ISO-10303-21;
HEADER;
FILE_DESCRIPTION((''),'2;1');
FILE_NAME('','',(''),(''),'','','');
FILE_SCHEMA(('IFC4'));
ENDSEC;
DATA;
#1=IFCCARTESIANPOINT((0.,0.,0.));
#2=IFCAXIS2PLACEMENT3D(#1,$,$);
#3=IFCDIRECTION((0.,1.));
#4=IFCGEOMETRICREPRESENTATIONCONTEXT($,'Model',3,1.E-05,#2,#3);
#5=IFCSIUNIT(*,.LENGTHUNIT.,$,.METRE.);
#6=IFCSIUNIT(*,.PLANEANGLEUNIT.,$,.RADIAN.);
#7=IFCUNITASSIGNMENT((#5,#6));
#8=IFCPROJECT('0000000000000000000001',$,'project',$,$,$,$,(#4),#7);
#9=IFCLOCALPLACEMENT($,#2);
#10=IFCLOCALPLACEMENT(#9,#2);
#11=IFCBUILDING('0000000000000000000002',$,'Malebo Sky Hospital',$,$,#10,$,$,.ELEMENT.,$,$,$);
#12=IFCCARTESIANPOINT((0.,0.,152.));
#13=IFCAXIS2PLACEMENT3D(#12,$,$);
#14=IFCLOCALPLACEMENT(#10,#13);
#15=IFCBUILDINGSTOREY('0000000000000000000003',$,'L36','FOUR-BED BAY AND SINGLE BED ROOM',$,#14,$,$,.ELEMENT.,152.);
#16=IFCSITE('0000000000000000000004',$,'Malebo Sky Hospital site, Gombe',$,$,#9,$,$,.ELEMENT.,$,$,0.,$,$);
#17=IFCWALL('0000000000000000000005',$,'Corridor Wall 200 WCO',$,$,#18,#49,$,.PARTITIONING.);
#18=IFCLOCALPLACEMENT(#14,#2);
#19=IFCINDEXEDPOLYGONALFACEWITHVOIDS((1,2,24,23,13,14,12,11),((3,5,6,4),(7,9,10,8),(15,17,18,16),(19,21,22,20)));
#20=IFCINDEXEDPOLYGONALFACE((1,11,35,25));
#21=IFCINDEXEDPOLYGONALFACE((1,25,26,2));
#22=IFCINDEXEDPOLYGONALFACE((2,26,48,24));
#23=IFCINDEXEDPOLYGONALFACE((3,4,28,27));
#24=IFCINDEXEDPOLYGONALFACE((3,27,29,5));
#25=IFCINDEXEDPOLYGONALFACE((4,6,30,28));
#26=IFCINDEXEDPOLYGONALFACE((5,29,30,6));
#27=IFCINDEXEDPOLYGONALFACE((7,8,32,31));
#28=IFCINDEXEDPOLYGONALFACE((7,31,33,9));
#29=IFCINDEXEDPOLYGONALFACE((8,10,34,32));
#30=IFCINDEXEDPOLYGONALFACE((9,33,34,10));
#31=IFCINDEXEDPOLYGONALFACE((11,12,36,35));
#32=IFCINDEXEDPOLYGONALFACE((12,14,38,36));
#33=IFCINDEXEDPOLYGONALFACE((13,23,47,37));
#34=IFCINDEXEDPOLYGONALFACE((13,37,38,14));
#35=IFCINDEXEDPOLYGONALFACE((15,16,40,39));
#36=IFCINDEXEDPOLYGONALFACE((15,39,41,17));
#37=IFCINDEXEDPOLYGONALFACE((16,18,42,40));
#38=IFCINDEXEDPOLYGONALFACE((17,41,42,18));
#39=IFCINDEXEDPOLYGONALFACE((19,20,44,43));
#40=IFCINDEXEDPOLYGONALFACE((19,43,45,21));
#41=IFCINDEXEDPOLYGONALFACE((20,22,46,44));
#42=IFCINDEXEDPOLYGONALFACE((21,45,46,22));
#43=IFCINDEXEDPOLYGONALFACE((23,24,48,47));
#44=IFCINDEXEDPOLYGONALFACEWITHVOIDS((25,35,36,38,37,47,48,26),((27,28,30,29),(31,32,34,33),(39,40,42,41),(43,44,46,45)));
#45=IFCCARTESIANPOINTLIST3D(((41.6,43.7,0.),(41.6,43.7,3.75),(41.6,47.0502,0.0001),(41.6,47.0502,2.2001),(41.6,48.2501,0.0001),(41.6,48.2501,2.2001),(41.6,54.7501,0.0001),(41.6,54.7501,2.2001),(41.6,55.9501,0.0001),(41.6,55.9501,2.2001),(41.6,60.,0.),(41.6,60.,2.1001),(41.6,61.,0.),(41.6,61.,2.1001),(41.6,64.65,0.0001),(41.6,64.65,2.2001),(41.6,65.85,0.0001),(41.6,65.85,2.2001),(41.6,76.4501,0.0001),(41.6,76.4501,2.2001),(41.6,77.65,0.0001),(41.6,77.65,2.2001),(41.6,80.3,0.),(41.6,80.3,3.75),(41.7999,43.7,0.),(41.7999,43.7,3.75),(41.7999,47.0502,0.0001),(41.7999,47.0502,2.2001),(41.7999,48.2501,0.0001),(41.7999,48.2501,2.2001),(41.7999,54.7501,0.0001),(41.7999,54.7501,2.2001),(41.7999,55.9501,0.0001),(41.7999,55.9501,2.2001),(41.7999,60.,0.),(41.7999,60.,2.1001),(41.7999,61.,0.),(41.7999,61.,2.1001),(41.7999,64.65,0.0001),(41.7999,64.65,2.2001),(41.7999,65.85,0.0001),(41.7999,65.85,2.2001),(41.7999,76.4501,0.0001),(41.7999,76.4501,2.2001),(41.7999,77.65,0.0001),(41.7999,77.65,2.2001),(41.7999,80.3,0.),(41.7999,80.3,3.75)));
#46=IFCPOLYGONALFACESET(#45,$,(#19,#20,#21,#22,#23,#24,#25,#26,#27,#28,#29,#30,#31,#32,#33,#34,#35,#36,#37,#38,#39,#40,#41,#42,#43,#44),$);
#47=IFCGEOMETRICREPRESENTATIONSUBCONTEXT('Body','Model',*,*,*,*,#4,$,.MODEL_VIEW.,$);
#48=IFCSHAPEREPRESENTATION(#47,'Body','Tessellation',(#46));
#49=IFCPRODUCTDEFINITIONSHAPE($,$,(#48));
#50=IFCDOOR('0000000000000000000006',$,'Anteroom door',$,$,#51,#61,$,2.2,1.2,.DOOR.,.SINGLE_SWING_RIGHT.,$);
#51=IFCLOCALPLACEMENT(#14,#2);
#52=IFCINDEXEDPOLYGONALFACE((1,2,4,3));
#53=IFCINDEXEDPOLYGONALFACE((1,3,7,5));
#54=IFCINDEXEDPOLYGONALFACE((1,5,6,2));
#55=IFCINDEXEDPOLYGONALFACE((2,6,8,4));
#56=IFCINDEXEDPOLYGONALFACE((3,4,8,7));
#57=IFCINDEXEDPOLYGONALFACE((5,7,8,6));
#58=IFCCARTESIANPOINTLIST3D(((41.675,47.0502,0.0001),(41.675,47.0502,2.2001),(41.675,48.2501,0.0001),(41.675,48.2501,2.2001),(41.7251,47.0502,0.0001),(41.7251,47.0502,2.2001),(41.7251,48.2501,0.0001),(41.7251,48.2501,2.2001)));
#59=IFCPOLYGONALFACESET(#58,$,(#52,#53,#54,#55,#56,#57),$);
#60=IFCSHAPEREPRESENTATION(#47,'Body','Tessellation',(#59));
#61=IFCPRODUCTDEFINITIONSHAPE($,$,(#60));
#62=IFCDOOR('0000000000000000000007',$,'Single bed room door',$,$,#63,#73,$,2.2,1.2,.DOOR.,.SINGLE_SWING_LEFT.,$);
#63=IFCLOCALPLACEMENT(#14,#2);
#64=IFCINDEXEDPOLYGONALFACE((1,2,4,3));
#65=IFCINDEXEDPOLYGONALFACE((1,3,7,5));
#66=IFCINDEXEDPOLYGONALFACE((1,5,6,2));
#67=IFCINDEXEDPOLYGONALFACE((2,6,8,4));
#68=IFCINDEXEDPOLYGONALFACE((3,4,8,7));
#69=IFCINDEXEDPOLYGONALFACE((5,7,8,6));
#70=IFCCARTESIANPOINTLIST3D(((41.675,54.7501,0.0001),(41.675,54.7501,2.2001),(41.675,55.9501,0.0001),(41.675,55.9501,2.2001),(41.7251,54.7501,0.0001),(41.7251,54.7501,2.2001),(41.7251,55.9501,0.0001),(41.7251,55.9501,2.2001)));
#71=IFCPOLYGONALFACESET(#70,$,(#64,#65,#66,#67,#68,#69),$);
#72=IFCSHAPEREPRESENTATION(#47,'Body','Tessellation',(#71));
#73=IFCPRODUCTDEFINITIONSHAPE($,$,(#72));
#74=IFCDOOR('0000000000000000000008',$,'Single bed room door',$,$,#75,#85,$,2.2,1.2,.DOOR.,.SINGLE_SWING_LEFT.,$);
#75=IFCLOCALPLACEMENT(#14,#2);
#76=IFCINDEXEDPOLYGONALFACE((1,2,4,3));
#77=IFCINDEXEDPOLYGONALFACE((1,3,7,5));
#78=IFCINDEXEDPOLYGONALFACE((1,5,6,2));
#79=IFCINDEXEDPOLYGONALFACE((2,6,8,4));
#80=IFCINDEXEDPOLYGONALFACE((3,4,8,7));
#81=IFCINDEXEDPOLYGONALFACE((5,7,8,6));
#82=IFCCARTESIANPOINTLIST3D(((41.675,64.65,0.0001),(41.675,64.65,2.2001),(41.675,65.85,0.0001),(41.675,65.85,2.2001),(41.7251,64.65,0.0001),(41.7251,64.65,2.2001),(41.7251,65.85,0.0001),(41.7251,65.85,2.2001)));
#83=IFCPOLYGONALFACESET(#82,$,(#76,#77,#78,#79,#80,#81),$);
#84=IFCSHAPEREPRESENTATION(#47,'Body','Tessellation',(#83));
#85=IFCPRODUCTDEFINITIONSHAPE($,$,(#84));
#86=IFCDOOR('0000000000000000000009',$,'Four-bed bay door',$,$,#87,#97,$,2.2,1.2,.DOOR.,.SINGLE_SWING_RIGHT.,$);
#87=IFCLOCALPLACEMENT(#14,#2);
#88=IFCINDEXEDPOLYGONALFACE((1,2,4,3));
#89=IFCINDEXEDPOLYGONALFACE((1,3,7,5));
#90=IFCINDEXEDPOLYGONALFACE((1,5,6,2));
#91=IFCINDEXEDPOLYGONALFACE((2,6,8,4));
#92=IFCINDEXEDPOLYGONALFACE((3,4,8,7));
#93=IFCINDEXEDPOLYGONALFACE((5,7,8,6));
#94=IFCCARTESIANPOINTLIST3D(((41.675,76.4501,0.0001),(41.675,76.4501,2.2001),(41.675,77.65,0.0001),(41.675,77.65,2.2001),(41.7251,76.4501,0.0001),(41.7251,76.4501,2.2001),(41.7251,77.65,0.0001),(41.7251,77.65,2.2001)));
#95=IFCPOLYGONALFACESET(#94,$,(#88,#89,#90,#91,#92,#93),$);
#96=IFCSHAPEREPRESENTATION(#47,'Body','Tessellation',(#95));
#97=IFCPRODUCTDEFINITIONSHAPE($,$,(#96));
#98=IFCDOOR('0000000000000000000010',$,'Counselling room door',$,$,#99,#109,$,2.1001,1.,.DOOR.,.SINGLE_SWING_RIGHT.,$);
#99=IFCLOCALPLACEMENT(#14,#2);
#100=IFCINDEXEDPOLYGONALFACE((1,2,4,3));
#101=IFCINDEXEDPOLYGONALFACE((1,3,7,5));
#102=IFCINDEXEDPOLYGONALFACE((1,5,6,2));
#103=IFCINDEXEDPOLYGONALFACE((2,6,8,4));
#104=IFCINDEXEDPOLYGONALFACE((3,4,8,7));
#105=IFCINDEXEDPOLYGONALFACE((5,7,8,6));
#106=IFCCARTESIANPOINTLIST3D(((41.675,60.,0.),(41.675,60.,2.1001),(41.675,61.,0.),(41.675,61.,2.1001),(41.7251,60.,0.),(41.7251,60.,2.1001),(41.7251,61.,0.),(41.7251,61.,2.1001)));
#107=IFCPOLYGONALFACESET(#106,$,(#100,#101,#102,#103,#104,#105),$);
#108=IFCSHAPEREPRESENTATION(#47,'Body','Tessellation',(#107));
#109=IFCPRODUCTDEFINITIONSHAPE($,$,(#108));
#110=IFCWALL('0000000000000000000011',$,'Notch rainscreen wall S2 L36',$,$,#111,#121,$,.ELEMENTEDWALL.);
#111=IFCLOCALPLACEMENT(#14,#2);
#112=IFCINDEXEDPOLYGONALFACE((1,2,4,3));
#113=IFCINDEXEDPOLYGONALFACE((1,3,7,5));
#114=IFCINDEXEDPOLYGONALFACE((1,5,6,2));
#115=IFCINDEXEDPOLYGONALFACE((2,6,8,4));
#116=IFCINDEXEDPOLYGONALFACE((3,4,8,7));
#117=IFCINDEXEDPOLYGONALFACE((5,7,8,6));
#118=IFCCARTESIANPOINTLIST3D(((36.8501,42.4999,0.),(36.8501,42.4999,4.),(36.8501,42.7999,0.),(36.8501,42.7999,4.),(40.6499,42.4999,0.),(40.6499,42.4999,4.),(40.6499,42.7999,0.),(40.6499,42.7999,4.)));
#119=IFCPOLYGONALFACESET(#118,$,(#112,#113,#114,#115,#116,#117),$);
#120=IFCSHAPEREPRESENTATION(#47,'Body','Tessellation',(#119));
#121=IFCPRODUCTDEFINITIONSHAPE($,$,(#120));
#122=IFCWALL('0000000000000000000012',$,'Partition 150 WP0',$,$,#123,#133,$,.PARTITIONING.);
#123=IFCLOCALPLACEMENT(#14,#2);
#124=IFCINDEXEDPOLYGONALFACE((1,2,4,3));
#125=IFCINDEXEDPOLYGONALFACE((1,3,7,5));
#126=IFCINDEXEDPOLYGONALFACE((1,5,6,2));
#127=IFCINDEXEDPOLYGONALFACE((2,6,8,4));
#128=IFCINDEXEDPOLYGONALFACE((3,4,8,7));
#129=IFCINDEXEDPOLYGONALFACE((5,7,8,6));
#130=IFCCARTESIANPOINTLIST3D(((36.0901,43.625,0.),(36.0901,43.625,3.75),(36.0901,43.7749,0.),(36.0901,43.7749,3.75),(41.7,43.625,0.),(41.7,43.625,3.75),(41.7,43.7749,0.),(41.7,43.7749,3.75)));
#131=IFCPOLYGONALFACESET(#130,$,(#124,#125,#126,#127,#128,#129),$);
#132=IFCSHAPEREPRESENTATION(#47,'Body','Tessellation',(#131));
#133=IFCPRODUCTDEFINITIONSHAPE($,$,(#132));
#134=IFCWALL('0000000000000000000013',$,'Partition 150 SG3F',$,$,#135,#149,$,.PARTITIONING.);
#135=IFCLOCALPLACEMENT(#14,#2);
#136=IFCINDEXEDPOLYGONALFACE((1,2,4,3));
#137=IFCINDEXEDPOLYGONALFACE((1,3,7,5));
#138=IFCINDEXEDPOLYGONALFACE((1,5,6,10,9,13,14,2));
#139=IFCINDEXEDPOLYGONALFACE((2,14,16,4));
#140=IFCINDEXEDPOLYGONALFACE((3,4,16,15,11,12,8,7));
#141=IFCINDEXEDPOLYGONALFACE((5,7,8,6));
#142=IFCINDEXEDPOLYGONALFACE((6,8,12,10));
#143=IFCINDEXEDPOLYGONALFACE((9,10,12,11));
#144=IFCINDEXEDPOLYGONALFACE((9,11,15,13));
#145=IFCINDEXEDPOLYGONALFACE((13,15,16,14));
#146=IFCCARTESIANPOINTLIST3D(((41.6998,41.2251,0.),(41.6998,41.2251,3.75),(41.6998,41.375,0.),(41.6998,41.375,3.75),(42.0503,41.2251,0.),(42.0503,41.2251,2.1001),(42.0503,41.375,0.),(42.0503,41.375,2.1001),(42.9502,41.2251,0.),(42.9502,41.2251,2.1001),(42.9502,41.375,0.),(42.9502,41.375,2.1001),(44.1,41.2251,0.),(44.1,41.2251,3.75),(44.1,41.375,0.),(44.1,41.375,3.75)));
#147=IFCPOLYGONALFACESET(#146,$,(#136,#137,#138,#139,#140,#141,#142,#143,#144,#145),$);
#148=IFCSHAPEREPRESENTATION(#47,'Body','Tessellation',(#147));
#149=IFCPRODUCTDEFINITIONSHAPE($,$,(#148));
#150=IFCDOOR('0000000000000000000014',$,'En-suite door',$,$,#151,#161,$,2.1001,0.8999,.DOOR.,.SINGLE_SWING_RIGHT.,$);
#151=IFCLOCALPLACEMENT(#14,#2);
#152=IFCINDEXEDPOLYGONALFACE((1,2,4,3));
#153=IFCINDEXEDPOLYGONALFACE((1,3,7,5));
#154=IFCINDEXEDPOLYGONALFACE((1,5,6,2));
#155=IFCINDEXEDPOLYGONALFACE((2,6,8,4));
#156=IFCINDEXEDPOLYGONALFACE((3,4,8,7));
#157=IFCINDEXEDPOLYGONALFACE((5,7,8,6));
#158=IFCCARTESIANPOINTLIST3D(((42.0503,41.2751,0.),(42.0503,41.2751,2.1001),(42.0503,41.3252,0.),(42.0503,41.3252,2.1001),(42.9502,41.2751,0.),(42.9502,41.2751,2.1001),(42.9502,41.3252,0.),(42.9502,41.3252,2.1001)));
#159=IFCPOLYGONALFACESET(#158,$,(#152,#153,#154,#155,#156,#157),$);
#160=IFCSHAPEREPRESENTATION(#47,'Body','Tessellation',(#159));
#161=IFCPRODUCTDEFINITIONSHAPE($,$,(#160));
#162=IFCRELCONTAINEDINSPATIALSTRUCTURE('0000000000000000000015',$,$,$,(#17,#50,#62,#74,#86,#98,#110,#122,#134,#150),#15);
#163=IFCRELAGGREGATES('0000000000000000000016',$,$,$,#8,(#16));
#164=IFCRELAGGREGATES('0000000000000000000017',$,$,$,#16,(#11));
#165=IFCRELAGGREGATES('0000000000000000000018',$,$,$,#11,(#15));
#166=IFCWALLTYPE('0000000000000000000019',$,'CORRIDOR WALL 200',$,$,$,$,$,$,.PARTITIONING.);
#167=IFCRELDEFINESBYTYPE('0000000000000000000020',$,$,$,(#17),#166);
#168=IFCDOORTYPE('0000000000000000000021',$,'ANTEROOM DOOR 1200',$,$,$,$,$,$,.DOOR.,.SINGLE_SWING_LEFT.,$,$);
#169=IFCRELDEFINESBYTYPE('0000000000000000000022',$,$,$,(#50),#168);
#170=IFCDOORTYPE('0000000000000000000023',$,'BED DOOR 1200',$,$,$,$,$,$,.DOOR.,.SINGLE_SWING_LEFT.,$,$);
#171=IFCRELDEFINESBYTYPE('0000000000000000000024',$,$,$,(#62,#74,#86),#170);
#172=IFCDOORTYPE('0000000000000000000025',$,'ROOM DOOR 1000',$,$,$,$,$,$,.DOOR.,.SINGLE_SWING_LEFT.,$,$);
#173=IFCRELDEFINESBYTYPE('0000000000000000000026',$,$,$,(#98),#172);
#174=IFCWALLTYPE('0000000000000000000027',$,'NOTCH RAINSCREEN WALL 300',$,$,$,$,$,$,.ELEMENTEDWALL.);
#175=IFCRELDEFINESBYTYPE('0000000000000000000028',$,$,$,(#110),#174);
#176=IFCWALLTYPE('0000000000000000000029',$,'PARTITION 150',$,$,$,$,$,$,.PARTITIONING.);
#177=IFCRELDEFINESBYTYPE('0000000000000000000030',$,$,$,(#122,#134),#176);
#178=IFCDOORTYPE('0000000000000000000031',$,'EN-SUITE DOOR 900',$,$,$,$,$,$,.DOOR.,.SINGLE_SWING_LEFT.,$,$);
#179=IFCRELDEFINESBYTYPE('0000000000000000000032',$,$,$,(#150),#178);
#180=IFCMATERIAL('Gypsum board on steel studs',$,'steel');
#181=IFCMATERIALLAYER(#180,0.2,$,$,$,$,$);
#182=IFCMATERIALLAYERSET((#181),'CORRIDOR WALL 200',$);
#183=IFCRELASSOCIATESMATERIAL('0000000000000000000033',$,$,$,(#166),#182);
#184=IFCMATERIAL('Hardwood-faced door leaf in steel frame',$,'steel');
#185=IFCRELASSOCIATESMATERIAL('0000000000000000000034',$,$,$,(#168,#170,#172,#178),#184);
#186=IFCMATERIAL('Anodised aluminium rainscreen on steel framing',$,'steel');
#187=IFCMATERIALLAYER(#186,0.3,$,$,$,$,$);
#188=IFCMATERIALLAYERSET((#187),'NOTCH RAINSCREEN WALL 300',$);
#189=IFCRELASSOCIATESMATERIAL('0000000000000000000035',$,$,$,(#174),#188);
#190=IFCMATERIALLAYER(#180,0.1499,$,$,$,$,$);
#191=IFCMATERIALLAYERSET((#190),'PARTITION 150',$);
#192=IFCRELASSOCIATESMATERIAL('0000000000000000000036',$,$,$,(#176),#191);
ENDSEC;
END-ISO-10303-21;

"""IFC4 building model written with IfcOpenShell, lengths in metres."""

from ifc_helpers import new_model, si_unit, direction, frame, frame_2d, origin, place, context, subcontext, project, spatial, rectangle, extrude, material, layer, layer_set, type_object, element, fill, save


model = new_model("IFC4")

# Units and contexts
model_context = context("Model", 3, precision=1e-05, world=origin(), true_north=direction((0.0, 1.0)))
body_context = subcontext(model_context, "Body", "Model", "MODEL_VIEW")
ifc_project = project(units=[si_unit("LENGTHUNIT", "METRE"), si_unit("PLANEANGLEUNIT", "RADIAN")], contexts=[model_context])

# Site, building, storey
site_placement = place(None, origin())
site = spatial("IfcSite", under=ifc_project, at=site_placement, Name="Malebo Sky Hospital site, Gombe", CompositionType="ELEMENT", RefElevation=0.0)
building_placement = place(site_placement, origin())
building = spatial("IfcBuilding", under=site, at=building_placement, Name="Malebo Sky Hospital", CompositionType="ELEMENT")
storey_placement = place(building_placement, frame((0.0, 0.0, 152.0)))
storey = spatial("IfcBuildingStorey", under=building, at=storey_placement, Name="L36", Description="FOUR-BED BAY AND SINGLE BED ROOM", CompositionType="ELEMENT", Elevation=152.0)

# Wall, openings, doors
ifc_material_1 = material(Name="Gypsum board on steel studs", Category="steel")
ifc_layer_1 = layer(ifc_material_1, 0.2)
ifc_layer_set_1 = layer_set([ifc_layer_1], Name="CORRIDOR WALL 200")
wall_type_1 = type_object("IfcWallType", Name="CORRIDOR WALL 200", PredefinedType="PARTITIONING", material=ifc_layer_set_1)
wall_1_placement = place(storey_placement, frame((41.7, 43.7, 0.0), z_axis=(0.0, 0.0, 1.0), x_axis=(0.0, 1.0, 0.0)))
wall_1 = element("IfcWall", 1, at=wall_1_placement, inside=storey, type_object=wall_type_1, Name="Corridor Wall 200 WCO", PredefinedType="PARTITIONING", context=body_context, shape_type="SweptSolid", body=[
    extrude(rectangle(XDim=36.6001, YDim=0.2, at=frame_2d((18.3, 0.0))), origin(), (0.0, 0.0, 1.0), 3.75),
])
opening_1_placement = place(wall_1_placement, frame((3.3501, 0.0, 0.0)))
opening_1 = element("IfcOpeningElement", 2, at=opening_1_placement, cuts=wall_1, PredefinedType="OPENING", context=body_context, shape_type="SweptSolid", body=[
    extrude(rectangle(XDim=1.2, YDim=2.2, at=frame_2d((0.6001, 1.1001))), frame((0.0, 0.1099, 0.0), z_axis=(0.0, -1.0, 0.0), x_axis=(1.0, 0.0, 0.0)), (0.0, 0.0, 1.0), 0.22),
])
opening_2_placement = place(wall_1_placement, frame((11.05, 0.0, 0.0)))
opening_2 = element("IfcOpeningElement", 3, at=opening_2_placement, cuts=wall_1, PredefinedType="OPENING", context=body_context, shape_type="SweptSolid", body=[
    extrude(rectangle(XDim=1.2, YDim=2.2, at=frame_2d((0.6001, 1.1001))), frame((0.0, 0.1099, 0.0), z_axis=(0.0, -1.0, 0.0), x_axis=(1.0, 0.0, 0.0)), (0.0, 0.0, 1.0), 0.22),
])
opening_3_placement = place(wall_1_placement, frame((16.3, 0.0, 0.0)))
opening_3 = element("IfcOpeningElement", 4, at=opening_3_placement, cuts=wall_1, PredefinedType="OPENING", context=body_context, shape_type="SweptSolid", body=[
    extrude(rectangle(XDim=1.0, YDim=2.1001, at=frame_2d((0.5, 1.05))), frame((0.0, 0.1099, 0.0), z_axis=(0.0, -1.0, 0.0), x_axis=(1.0, 0.0, 0.0)), (0.0, 0.0, 1.0), 0.22),
])
opening_4_placement = place(wall_1_placement, frame((20.95, 0.0, 0.0)))
opening_4 = element("IfcOpeningElement", 5, at=opening_4_placement, cuts=wall_1, PredefinedType="OPENING", context=body_context, shape_type="SweptSolid", body=[
    extrude(rectangle(XDim=1.2, YDim=2.2, at=frame_2d((0.6001, 1.1001))), frame((0.0, 0.1099, 0.0), z_axis=(0.0, -1.0, 0.0), x_axis=(1.0, 0.0, 0.0)), (0.0, 0.0, 1.0), 0.22),
])
opening_5_placement = place(wall_1_placement, frame((32.75, 0.0, 0.0)))
opening_5 = element("IfcOpeningElement", 6, at=opening_5_placement, cuts=wall_1, PredefinedType="OPENING", context=body_context, shape_type="SweptSolid", body=[
    extrude(rectangle(XDim=1.2, YDim=2.2, at=frame_2d((0.6001, 1.1001))), frame((0.0, 0.1099, 0.0), z_axis=(0.0, -1.0, 0.0), x_axis=(1.0, 0.0, 0.0)), (0.0, 0.0, 1.0), 0.22),
])
ifc_material_2 = material(Name="Hardwood-faced door leaf in steel frame", Category="steel")
door_type_1 = type_object("IfcDoorType", Name="ANTEROOM DOOR 1200", OperationType="SINGLE_SWING_LEFT", PredefinedType="DOOR", material=ifc_material_2)
door_1_placement = place(opening_1_placement, origin())
door_1 = element("IfcDoor", 7, at=door_1_placement, inside=storey, type_object=door_type_1, Name="Anteroom door", OperationType="SINGLE_SWING_RIGHT", OverallHeight=2.2, OverallWidth=1.2, PredefinedType="DOOR", context=body_context, shape_type="SweptSolid", body=[
    extrude(rectangle(XDim=1.2, YDim=2.2, at=frame_2d((0.6001, 1.1001))), frame((0.0, 0.0249, 0.0), z_axis=(0.0, -1.0, 0.0), x_axis=(1.0, 0.0, 0.0)), (0.0, 0.0, 1.0), 0.05),
])
fill(opening_1, door_1)
door_type_2 = type_object("IfcDoorType", Name="BED DOOR 1200", OperationType="SINGLE_SWING_LEFT", PredefinedType="DOOR", material=ifc_material_2)
door_2_placement = place(opening_2_placement, origin())
door_2 = element("IfcDoor", 8, at=door_2_placement, inside=storey, type_object=door_type_2, Name="Single bed room door", OperationType="SINGLE_SWING_LEFT", OverallHeight=2.2, OverallWidth=1.2, PredefinedType="DOOR", context=body_context, shape_type="SweptSolid", body=[
    extrude(rectangle(XDim=1.2, YDim=2.2, at=frame_2d((0.6001, 1.1001))), frame((0.0, 0.0249, 0.0), z_axis=(0.0, -1.0, 0.0), x_axis=(1.0, 0.0, 0.0)), (0.0, 0.0, 1.0), 0.05),
])
fill(opening_2, door_2)
door_3_placement = place(opening_4_placement, origin())
door_3 = element("IfcDoor", 9, at=door_3_placement, inside=storey, type_object=door_type_2, Name="Single bed room door", OperationType="SINGLE_SWING_LEFT", OverallHeight=2.2, OverallWidth=1.2, PredefinedType="DOOR", context=body_context, shape_type="SweptSolid", body=[
    extrude(rectangle(XDim=1.2, YDim=2.2, at=frame_2d((0.6001, 1.1001))), frame((0.0, 0.0249, 0.0), z_axis=(0.0, -1.0, 0.0), x_axis=(1.0, 0.0, 0.0)), (0.0, 0.0, 1.0), 0.05),
])
fill(opening_4, door_3)
door_4_placement = place(opening_5_placement, origin())
door_4 = element("IfcDoor", 10, at=door_4_placement, inside=storey, type_object=door_type_2, Name="Four-bed bay door", OperationType="SINGLE_SWING_RIGHT", OverallHeight=2.2, OverallWidth=1.2, PredefinedType="DOOR", context=body_context, shape_type="SweptSolid", body=[
    extrude(rectangle(XDim=1.2, YDim=2.2, at=frame_2d((0.6001, 1.1001))), frame((0.0, 0.0249, 0.0), z_axis=(0.0, -1.0, 0.0), x_axis=(1.0, 0.0, 0.0)), (0.0, 0.0, 1.0), 0.05),
])
fill(opening_5, door_4)
door_type_3 = type_object("IfcDoorType", Name="ROOM DOOR 1000", OperationType="SINGLE_SWING_LEFT", PredefinedType="DOOR", material=ifc_material_2)
door_5_placement = place(opening_3_placement, origin())
door_5 = element("IfcDoor", 11, at=door_5_placement, inside=storey, type_object=door_type_3, Name="Counselling room door", OperationType="SINGLE_SWING_RIGHT", OverallHeight=2.1001, OverallWidth=1.0, PredefinedType="DOOR", context=body_context, shape_type="SweptSolid", body=[
    extrude(rectangle(XDim=1.0, YDim=2.1001, at=frame_2d((0.5, 1.05))), frame((0.0, 0.0249, 0.0), z_axis=(0.0, -1.0, 0.0), x_axis=(1.0, 0.0, 0.0)), (0.0, 0.0, 1.0), 0.05),
])
fill(opening_3, door_5)

# Walls
ifc_material_3 = material(Name="Anodised aluminium rainscreen on steel framing", Category="steel")
ifc_layer_2 = layer(ifc_material_3, 0.3)
ifc_layer_set_2 = layer_set([ifc_layer_2], Name="NOTCH RAINSCREEN WALL 300")
wall_type_2 = type_object("IfcWallType", Name="NOTCH RAINSCREEN WALL 300", PredefinedType="ELEMENTEDWALL", material=ifc_layer_set_2)
wall_2_placement = place(storey_placement, frame((40.6499, 42.6499, 0.0), z_axis=(0.0, 0.0, 1.0), x_axis=(-1.0, 0.0, 0.0)))
element("IfcWall", 12, at=wall_2_placement, inside=storey, type_object=wall_type_2, Name="Notch rainscreen wall S2 L36", PredefinedType="ELEMENTEDWALL", context=body_context, shape_type="SweptSolid", body=[
    extrude(rectangle(XDim=3.7998, YDim=0.3, at=frame_2d((1.8999, 0.0))), origin(), (0.0, 0.0, 1.0), 4.0),
])
ifc_layer_3 = layer(ifc_material_1, 0.1499)
ifc_layer_set_3 = layer_set([ifc_layer_3], Name="PARTITION 150")
wall_type_3 = type_object("IfcWallType", Name="PARTITION 150", PredefinedType="PARTITIONING", material=ifc_layer_set_3)
wall_3_placement = place(storey_placement, frame((41.7, 43.7, 0.0), z_axis=(0.0, 0.0, 1.0), x_axis=(-1.0, 0.0, 0.0)))
element("IfcWall", 13, at=wall_3_placement, inside=storey, type_object=wall_type_3, Name="Partition 150 WP0", PredefinedType="PARTITIONING", context=body_context, shape_type="SweptSolid", body=[
    extrude(rectangle(XDim=5.6099, YDim=0.1499, at=frame_2d((2.8049, 0.0))), origin(), (0.0, 0.0, 1.0), 3.75),
])

# Wall, opening, door
wall_4_placement = place(storey_placement, frame((44.1001, 41.3, 0.0), z_axis=(0.0, 0.0, 1.0), x_axis=(-1.0, 0.0, 0.0)))
wall_4 = element("IfcWall", 14, at=wall_4_placement, inside=storey, type_object=wall_type_3, Name="Partition 150 SG3F", PredefinedType="PARTITIONING", context=body_context, shape_type="SweptSolid", body=[
    extrude(rectangle(XDim=2.4001, YDim=0.1499, at=frame_2d((1.2002, 0.0))), origin(), (0.0, 0.0, 1.0), 3.75),
])
opening_6_placement = place(wall_4_placement, frame((1.1499, 0.0, 0.0)))
opening_6 = element("IfcOpeningElement", 15, at=opening_6_placement, cuts=wall_4, PredefinedType="OPENING", context=body_context, shape_type="SweptSolid", body=[
    extrude(rectangle(XDim=0.8999, YDim=2.1001, at=frame_2d((0.45, 1.05))), frame((0.0, 0.085, 0.0), z_axis=(0.0, -1.0, 0.0), x_axis=(1.0, 0.0, 0.0)), (0.0, 0.0, 1.0), 0.1699),
])
door_type_4 = type_object("IfcDoorType", Name="EN-SUITE DOOR 900", OperationType="SINGLE_SWING_LEFT", PredefinedType="DOOR", material=ifc_material_2)
door_6_placement = place(opening_6_placement, origin())
door_6 = element("IfcDoor", 16, at=door_6_placement, inside=storey, type_object=door_type_4, Name="En-suite door", OperationType="SINGLE_SWING_RIGHT", OverallHeight=2.1001, OverallWidth=0.8999, PredefinedType="DOOR", context=body_context, shape_type="SweptSolid", body=[
    extrude(rectangle(XDim=0.8999, YDim=2.1001, at=frame_2d((0.45, 1.05))), frame((0.0, 0.0249, 0.0), z_axis=(0.0, -1.0, 0.0), x_axis=(1.0, 0.0, 0.0)), (0.0, 0.0, 1.0), 0.05),
])
fill(opening_6, door_6)

save(model, "model.ifc")
